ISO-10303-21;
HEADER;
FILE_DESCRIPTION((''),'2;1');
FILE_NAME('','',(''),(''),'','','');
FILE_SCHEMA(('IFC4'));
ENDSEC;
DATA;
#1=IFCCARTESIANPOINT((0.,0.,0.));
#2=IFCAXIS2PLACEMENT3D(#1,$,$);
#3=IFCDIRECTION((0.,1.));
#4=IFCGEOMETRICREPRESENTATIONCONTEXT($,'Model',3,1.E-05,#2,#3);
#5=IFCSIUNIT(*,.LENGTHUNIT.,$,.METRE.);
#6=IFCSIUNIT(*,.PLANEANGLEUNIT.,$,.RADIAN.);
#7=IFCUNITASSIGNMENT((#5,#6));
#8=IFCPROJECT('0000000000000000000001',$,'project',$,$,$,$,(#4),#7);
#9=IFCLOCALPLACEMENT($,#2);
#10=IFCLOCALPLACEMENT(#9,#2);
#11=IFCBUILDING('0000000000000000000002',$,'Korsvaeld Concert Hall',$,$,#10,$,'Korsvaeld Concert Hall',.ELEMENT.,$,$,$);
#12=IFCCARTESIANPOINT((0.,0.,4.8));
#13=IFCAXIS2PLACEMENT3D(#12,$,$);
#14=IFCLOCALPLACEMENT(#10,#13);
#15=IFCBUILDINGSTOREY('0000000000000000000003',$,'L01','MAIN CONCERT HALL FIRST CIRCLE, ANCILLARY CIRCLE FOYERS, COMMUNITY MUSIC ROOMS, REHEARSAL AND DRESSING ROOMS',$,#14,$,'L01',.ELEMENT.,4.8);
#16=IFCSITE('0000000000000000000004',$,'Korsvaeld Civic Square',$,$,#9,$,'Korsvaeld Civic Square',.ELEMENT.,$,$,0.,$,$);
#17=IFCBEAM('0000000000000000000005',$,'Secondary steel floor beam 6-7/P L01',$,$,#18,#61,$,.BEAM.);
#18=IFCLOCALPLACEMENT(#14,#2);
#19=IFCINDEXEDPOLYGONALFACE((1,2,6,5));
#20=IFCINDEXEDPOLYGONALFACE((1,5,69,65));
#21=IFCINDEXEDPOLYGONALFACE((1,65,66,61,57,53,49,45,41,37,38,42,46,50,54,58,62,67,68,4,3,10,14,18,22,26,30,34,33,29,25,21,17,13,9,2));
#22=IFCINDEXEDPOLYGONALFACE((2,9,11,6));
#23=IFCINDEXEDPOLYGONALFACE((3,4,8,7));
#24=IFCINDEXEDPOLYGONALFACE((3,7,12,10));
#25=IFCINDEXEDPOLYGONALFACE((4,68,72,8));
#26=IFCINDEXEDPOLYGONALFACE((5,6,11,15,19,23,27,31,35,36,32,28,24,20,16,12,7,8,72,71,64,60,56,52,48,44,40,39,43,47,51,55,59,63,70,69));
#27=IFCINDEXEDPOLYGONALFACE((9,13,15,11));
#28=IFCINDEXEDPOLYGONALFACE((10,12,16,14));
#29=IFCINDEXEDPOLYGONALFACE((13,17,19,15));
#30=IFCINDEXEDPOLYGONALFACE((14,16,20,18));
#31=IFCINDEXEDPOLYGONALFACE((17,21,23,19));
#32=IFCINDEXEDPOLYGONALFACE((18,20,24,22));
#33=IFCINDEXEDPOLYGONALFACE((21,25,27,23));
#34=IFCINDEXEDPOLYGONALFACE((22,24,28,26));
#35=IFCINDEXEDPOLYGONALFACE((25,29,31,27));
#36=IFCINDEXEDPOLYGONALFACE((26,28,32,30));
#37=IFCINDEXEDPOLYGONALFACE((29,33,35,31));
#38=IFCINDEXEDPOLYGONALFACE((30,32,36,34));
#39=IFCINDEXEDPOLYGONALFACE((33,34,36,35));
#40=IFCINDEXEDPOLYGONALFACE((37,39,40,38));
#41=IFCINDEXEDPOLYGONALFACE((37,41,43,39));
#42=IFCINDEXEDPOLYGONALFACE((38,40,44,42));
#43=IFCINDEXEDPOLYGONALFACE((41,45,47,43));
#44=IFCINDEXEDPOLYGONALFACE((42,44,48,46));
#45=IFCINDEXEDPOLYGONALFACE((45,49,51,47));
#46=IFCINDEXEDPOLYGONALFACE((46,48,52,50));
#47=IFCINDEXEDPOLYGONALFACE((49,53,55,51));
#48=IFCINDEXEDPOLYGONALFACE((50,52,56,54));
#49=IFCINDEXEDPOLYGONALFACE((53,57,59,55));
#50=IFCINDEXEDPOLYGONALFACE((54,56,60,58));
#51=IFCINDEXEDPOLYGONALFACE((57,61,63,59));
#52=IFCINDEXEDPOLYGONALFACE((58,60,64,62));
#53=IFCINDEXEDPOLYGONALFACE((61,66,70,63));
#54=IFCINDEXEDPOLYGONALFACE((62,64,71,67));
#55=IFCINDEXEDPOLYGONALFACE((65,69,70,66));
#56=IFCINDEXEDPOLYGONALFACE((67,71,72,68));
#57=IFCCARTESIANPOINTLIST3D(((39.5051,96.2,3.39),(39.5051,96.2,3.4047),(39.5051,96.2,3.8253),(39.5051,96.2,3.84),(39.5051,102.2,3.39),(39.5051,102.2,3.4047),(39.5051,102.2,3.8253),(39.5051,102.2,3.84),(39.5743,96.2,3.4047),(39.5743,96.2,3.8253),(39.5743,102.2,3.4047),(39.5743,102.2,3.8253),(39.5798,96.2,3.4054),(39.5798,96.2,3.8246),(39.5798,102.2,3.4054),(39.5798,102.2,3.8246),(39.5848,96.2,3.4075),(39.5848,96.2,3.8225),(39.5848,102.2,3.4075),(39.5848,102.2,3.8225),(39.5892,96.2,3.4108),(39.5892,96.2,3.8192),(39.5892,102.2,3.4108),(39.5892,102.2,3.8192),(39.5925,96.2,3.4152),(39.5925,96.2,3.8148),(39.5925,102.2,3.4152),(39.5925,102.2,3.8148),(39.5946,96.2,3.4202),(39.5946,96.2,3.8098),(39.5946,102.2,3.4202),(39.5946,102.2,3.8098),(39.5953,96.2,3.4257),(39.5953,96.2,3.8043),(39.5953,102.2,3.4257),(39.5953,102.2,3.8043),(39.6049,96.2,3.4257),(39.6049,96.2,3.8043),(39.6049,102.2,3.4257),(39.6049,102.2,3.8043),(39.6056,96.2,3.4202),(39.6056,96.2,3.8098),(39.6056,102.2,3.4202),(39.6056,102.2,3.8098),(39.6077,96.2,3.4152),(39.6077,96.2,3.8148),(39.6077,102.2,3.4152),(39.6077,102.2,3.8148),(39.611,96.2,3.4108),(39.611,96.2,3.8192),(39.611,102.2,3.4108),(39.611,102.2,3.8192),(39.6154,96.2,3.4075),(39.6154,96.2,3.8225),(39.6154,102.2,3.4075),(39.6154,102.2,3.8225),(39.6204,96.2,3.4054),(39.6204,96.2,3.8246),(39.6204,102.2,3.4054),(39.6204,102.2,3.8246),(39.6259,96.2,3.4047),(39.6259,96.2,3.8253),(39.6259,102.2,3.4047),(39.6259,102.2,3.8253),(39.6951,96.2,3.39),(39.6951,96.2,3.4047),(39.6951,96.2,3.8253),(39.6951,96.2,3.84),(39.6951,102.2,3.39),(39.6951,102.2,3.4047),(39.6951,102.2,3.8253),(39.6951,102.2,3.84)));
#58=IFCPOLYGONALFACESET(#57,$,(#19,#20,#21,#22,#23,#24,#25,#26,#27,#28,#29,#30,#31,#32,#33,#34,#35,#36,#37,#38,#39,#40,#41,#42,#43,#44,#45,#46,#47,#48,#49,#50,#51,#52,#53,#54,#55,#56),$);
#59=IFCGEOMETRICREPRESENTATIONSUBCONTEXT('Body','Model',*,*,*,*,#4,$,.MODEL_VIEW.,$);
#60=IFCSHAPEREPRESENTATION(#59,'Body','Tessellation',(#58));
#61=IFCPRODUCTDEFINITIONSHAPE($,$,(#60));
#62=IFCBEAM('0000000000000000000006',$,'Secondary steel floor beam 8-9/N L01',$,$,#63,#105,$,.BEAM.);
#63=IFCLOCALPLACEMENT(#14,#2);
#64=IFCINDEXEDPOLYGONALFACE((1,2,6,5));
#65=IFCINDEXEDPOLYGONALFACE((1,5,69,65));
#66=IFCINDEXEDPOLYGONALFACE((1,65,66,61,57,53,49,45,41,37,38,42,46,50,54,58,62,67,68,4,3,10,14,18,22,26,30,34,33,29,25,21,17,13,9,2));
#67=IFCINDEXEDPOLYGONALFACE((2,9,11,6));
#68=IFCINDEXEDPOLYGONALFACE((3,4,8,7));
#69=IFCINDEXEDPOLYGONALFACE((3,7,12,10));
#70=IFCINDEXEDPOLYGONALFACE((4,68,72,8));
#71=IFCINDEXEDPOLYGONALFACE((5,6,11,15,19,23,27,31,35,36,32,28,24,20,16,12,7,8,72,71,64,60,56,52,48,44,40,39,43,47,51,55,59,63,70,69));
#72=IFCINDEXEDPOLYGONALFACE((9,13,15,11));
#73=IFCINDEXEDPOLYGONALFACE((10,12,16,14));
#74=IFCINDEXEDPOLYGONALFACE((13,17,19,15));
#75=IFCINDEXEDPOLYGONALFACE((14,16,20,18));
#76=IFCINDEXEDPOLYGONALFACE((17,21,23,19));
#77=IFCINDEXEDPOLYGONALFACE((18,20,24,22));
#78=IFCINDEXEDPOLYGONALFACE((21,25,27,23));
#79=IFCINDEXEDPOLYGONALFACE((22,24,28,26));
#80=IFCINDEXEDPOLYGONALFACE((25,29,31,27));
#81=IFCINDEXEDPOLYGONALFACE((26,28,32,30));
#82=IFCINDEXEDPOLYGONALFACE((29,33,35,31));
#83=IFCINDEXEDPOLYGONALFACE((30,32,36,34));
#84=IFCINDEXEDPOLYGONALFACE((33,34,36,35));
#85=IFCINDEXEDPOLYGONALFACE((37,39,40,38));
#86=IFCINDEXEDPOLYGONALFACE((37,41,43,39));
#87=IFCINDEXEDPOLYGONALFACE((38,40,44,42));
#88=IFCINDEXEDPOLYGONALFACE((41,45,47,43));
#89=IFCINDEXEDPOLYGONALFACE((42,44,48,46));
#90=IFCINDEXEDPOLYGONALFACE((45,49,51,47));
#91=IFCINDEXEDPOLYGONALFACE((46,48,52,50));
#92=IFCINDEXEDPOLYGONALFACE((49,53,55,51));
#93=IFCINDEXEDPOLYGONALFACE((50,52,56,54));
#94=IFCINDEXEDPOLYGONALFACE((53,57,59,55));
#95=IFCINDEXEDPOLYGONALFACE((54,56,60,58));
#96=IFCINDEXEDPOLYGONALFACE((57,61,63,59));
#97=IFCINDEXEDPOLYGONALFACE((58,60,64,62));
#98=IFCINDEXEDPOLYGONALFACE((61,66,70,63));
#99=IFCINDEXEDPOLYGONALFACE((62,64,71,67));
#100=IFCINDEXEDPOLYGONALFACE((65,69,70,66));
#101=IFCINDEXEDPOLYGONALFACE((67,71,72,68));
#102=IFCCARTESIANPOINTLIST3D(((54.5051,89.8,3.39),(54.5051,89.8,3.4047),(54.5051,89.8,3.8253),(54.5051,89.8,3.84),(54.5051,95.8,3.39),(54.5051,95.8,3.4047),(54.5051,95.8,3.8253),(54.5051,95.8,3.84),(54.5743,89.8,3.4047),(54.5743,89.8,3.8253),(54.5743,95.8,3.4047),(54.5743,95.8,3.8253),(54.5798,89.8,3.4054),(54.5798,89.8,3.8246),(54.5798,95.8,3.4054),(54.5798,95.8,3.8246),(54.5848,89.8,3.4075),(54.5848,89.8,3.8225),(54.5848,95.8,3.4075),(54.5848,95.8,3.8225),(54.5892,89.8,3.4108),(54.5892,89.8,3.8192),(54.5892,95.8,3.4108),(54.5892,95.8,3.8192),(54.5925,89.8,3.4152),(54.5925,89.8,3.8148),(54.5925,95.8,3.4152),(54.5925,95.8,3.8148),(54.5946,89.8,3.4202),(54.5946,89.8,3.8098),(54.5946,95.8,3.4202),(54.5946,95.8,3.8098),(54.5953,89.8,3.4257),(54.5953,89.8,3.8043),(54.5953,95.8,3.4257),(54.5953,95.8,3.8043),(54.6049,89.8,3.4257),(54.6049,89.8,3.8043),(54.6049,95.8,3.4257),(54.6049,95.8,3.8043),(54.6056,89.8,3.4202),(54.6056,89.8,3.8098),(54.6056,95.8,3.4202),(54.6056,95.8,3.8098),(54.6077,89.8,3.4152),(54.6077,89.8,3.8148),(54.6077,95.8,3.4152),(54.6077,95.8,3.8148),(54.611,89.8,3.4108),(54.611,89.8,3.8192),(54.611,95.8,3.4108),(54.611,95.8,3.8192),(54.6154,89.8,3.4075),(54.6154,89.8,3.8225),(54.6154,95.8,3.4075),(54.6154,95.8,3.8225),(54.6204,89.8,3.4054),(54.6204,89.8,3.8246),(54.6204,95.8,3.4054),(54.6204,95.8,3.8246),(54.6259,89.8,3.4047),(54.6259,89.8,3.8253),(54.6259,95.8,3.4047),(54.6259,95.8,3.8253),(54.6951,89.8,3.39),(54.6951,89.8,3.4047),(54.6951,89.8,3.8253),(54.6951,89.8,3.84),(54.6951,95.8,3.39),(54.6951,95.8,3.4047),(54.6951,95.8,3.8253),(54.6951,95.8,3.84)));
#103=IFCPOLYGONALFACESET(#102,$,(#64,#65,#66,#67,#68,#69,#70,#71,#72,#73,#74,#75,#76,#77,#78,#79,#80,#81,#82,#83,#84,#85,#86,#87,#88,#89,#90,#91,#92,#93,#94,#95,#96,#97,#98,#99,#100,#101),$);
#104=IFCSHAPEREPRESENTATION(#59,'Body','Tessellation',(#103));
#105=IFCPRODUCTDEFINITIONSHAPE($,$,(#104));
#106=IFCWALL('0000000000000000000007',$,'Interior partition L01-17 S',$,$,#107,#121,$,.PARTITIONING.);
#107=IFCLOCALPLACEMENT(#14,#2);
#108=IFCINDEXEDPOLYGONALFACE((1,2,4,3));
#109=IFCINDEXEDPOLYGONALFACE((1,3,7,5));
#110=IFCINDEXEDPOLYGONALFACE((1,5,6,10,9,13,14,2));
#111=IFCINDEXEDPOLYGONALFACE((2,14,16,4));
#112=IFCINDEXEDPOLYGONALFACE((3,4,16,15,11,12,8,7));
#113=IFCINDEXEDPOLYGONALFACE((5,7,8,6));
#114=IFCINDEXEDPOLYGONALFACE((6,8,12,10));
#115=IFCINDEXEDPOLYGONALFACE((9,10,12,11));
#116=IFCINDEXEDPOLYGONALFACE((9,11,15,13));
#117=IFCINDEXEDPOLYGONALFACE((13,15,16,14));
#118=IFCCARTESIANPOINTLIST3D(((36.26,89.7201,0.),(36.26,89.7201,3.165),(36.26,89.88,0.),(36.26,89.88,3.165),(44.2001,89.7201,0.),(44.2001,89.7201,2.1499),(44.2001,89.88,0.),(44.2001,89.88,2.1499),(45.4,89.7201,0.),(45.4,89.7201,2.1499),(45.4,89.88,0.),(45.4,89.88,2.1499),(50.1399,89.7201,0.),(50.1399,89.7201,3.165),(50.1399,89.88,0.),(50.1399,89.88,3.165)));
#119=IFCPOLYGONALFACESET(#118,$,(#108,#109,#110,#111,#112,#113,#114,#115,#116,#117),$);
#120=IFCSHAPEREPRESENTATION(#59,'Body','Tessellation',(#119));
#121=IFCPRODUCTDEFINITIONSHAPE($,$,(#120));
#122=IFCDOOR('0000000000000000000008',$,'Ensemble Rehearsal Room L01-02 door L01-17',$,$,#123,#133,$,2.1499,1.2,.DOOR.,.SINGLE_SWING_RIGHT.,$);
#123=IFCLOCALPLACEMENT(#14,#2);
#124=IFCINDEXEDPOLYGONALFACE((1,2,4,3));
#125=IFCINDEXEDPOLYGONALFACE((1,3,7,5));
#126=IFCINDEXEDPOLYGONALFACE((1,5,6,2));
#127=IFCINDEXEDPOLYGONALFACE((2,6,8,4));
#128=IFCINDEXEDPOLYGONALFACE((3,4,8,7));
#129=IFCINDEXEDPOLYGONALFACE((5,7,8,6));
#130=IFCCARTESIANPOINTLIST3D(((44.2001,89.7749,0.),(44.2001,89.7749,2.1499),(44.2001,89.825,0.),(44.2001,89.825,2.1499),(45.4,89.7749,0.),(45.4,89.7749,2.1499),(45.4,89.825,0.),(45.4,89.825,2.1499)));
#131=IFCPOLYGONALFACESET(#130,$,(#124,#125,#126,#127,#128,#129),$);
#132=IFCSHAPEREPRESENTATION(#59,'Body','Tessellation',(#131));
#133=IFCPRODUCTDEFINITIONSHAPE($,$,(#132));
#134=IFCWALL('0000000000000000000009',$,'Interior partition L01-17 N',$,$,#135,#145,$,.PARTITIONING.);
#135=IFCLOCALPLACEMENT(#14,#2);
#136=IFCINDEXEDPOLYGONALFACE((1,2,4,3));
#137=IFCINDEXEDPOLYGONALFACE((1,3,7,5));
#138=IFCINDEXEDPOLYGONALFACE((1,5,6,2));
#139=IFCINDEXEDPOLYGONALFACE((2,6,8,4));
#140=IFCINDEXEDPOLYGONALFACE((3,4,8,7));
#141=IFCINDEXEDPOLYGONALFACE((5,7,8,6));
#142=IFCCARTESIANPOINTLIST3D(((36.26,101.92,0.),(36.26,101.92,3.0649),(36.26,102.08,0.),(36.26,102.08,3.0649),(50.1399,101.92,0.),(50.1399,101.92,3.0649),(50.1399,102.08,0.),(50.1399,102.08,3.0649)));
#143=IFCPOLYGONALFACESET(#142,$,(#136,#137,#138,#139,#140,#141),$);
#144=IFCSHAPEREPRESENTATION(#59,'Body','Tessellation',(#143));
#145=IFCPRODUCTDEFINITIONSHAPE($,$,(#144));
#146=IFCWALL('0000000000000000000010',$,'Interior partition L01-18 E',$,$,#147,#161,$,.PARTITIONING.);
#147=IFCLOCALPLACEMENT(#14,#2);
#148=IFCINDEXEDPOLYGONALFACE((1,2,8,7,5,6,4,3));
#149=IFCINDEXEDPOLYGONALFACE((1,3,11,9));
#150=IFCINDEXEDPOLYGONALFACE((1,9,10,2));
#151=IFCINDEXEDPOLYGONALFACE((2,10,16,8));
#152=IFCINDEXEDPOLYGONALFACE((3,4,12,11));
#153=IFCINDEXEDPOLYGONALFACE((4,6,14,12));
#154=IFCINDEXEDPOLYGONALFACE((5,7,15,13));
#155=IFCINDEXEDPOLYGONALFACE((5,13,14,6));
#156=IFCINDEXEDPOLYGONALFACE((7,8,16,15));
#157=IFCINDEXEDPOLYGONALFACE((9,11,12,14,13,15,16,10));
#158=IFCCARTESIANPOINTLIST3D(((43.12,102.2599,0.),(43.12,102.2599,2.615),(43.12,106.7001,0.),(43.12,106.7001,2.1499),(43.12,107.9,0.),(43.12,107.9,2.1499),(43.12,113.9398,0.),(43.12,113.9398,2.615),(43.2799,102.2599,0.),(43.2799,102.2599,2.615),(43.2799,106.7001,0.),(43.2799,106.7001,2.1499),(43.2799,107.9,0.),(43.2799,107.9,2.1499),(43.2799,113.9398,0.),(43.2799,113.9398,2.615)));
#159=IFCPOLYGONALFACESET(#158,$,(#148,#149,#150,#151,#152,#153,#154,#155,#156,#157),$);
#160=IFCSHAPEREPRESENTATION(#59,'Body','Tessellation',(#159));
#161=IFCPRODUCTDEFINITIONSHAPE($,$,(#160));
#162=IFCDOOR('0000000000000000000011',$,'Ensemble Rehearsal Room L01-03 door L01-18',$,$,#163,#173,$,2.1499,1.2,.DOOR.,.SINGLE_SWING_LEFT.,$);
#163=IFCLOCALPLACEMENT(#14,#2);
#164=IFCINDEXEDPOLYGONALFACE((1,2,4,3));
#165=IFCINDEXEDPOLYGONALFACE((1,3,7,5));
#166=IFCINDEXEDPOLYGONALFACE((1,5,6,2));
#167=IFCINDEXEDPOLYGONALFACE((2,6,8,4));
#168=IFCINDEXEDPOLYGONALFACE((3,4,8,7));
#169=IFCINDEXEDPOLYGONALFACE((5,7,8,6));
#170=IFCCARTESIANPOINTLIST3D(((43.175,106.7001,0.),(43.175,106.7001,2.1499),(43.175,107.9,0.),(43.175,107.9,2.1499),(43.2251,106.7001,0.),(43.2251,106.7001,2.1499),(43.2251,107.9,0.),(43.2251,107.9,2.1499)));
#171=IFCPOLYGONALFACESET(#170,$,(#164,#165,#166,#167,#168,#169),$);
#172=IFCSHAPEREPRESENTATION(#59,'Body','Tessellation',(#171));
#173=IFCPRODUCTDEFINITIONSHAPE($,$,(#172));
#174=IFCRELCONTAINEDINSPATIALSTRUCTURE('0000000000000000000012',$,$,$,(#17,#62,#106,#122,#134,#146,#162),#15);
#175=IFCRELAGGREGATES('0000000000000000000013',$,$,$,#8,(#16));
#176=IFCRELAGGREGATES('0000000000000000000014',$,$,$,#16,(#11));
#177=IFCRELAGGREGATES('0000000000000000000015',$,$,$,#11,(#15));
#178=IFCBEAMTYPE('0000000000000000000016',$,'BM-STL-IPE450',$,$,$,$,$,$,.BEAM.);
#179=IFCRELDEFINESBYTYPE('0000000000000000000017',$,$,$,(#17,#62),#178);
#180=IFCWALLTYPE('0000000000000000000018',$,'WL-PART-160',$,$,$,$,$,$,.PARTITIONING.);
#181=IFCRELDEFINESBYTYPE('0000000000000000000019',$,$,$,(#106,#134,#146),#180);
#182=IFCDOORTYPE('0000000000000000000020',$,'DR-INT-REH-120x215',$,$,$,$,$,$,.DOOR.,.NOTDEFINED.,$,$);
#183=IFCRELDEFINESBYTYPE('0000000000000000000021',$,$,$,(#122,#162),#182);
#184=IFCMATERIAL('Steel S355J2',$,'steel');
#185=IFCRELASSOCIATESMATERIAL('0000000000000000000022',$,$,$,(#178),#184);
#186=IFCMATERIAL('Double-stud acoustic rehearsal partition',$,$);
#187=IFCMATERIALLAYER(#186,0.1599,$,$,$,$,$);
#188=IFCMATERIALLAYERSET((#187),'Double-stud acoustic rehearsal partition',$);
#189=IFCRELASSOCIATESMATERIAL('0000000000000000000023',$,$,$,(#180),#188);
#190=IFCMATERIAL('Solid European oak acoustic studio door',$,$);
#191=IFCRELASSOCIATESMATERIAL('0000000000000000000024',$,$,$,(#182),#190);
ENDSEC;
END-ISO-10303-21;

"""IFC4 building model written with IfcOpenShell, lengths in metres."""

from ifc_helpers import new_model, si_unit, direction, frame, frame_2d, origin, origin_2d, place, context, subcontext, project, spatial, rectangle, i_section, extrude, material, layer, layer_set, material_profile, profile_set, type_object, element, fill, save


model = new_model("IFC4")

# Units and contexts
model_context = context("Model", 3, precision=1e-05, world=origin(), true_north=direction((0.0, 1.0)))
body_context = subcontext(model_context, "Body", "Model", "MODEL_VIEW")
ifc_project = project(units=[si_unit("LENGTHUNIT", "METRE"), si_unit("PLANEANGLEUNIT", "RADIAN")], contexts=[model_context])

# Site, building, storey
site_placement = place(None, origin())
site = spatial("IfcSite", under=ifc_project, at=site_placement, Name="Korsvaeld Civic Square", LongName="Korsvaeld Civic Square", CompositionType="ELEMENT", RefElevation=0.0)
building_placement = place(site_placement, origin())
building = spatial("IfcBuilding", under=site, at=building_placement, Name="Korsvaeld Concert Hall", LongName="Korsvaeld Concert Hall", CompositionType="ELEMENT")
storey_placement = place(building_placement, frame((0.0, 0.0, 4.8)))
storey = spatial("IfcBuildingStorey", under=building, at=storey_placement, Name="L01", Description="MAIN CONCERT HALL FIRST CIRCLE, ANCILLARY CIRCLE FOYERS, COMMUNITY MUSIC ROOMS, REHEARSAL AND DRESSING ROOMS", LongName="L01", CompositionType="ELEMENT", Elevation=4.8)

# Beams
ifc_material_1 = material(Name="Steel S355J2", Category="steel")
ifc_material_profile_1 = material_profile(ifc_material_1, i_section(OverallWidth=0.1899, OverallDepth=0.45, WebThickness=0.0095, FlangeThickness=0.0146, FilletRadius=0.021, at=origin_2d()), Name="IPE 450")
ifc_profile_set_1 = profile_set([ifc_material_profile_1], Name="Steel S355J2")
beam_type_1 = type_object("IfcBeamType", Name="BM-STL-IPE450", PredefinedType="BEAM", material=ifc_profile_set_1)
for number, where, z_axis, x_axis, name in (
    (1, (39.6001, 96.2, 3.615), (0.0, 1.0, 0.0), (-1.0, 0.0, 0.0), "Secondary steel floor beam 6-7/P L01"),
    (2, (54.6001, 89.8, 3.615), (0.0, 1.0, 0.0), (-1.0, 0.0, 0.0), "Secondary steel floor beam 8-9/N L01"),
):
    element("IfcBeam", number, at=place(storey_placement, frame(where, z_axis=z_axis, x_axis=x_axis)), inside=storey, type_object=beam_type_1, Name=name, PredefinedType="BEAM", context=body_context, shape_type="SweptSolid", body=[
        extrude(i_section(OverallWidth=0.1899, OverallDepth=0.45, WebThickness=0.0095, FlangeThickness=0.0146, FilletRadius=0.021, at=origin_2d()), origin(), (0.0, 0.0, 1.0), 6.0),
    ])

# Wall, opening, door
ifc_material_2 = material(Name="Double-stud acoustic rehearsal partition")
ifc_layer = layer(ifc_material_2, 0.1599)
ifc_layer_set = layer_set([ifc_layer], Name="Double-stud acoustic rehearsal partition")
wall_type = type_object("IfcWallType", Name="WL-PART-160", PredefinedType="PARTITIONING", material=ifc_layer_set)
wall_1_placement = place(storey_placement, frame((36.26, 89.8, 0.0), z_axis=(0.0, 0.0, 1.0), x_axis=(1.0, 0.0, 0.0)))
wall_1 = element("IfcWall", 3, at=wall_1_placement, inside=storey, type_object=wall_type, Name="Interior partition L01-17 S", PredefinedType="PARTITIONING", context=body_context, shape_type="SweptSolid", body=[
    extrude(rectangle(XDim=13.8799, YDim=0.1599, at=frame_2d((6.9399, 0.0))), origin(), (0.0, 0.0, 1.0), 3.165),
])
opening_1_placement = place(wall_1_placement, frame((7.9399, 0.0, 0.0)))
opening_1 = element("IfcOpeningElement", 4, at=opening_1_placement, cuts=wall_1, PredefinedType="OPENING", context=body_context, shape_type="SweptSolid", body=[
    extrude(rectangle(XDim=1.2, YDim=2.1499, at=frame_2d((0.6001, 1.075))), frame((0.0, 0.0898, 0.0), z_axis=(0.0, -1.0, 0.0), x_axis=(1.0, 0.0, 0.0)), (0.0, 0.0, 1.0), 0.1799),
])
ifc_material_3 = material(Name="Solid European oak acoustic studio door")
door_type = type_object("IfcDoorType", Name="DR-INT-REH-120x215", OperationType="NOTDEFINED", PredefinedType="DOOR", material=ifc_material_3)
door_1_placement = place(opening_1_placement, origin())
door_1 = element("IfcDoor", 5, at=door_1_placement, inside=storey, type_object=door_type, Name="Ensemble Rehearsal Room L01-02 door L01-17", OperationType="SINGLE_SWING_RIGHT", OverallHeight=2.1499, OverallWidth=1.2, PredefinedType="DOOR", context=body_context, shape_type="SweptSolid", body=[
    extrude(rectangle(XDim=1.2, YDim=2.1499, at=frame_2d((0.6001, 1.075))), frame((0.0, 0.0249, 0.0), z_axis=(0.0, -1.0, 0.0), x_axis=(1.0, 0.0, 0.0)), (0.0, 0.0, 1.0), 0.05),
])
fill(opening_1, door_1)

# Wall
wall_2_placement = place(storey_placement, frame((50.1399, 102.0, 0.0), z_axis=(0.0, 0.0, 1.0), x_axis=(-1.0, 0.0, 0.0)))
element("IfcWall", 6, at=wall_2_placement, inside=storey, type_object=wall_type, Name="Interior partition L01-17 N", PredefinedType="PARTITIONING", context=body_context, shape_type="SweptSolid", body=[
    extrude(rectangle(XDim=13.8799, YDim=0.1599, at=frame_2d((6.9399, 0.0))), origin(), (0.0, 0.0, 1.0), 3.0649),
])

# Wall, opening, door
wall_3_placement = place(storey_placement, frame((43.2, 102.26, 0.0), z_axis=(0.0, 0.0, 1.0), x_axis=(0.0, 1.0, 0.0)))
wall_3 = element("IfcWall", 7, at=wall_3_placement, inside=storey, type_object=wall_type, Name="Interior partition L01-18 E", PredefinedType="PARTITIONING", context=body_context, shape_type="SweptSolid", body=[
    extrude(rectangle(XDim=11.6799, YDim=0.1599, at=frame_2d((5.8398, 0.0))), origin(), (0.0, 0.0, 1.0), 2.615),
])
opening_2_placement = place(wall_3_placement, frame((4.4399, 0.0, 0.0)))
opening_2 = element("IfcOpeningElement", 8, at=opening_2_placement, cuts=wall_3, PredefinedType="OPENING", context=body_context, shape_type="SweptSolid", body=[
    extrude(rectangle(XDim=1.2, YDim=2.1499, at=frame_2d((0.6001, 1.075))), frame((0.0, 0.0898, 0.0), z_axis=(0.0, -1.0, 0.0), x_axis=(1.0, 0.0, 0.0)), (0.0, 0.0, 1.0), 0.1799),
])
door_2_placement = place(opening_2_placement, origin())
door_2 = element("IfcDoor", 9, at=door_2_placement, inside=storey, type_object=door_type, Name="Ensemble Rehearsal Room L01-03 door L01-18", OperationType="SINGLE_SWING_LEFT", OverallHeight=2.1499, OverallWidth=1.2, PredefinedType="DOOR", context=body_context, shape_type="SweptSolid", body=[
    extrude(rectangle(XDim=1.2, YDim=2.1499, at=frame_2d((0.6001, 1.075))), frame((0.0, 0.0249, 0.0), z_axis=(0.0, -1.0, 0.0), x_axis=(1.0, 0.0, 0.0)), (0.0, 0.0, 1.0), 0.05),
])
fill(opening_2, door_2)

save(model, "model.ifc")
